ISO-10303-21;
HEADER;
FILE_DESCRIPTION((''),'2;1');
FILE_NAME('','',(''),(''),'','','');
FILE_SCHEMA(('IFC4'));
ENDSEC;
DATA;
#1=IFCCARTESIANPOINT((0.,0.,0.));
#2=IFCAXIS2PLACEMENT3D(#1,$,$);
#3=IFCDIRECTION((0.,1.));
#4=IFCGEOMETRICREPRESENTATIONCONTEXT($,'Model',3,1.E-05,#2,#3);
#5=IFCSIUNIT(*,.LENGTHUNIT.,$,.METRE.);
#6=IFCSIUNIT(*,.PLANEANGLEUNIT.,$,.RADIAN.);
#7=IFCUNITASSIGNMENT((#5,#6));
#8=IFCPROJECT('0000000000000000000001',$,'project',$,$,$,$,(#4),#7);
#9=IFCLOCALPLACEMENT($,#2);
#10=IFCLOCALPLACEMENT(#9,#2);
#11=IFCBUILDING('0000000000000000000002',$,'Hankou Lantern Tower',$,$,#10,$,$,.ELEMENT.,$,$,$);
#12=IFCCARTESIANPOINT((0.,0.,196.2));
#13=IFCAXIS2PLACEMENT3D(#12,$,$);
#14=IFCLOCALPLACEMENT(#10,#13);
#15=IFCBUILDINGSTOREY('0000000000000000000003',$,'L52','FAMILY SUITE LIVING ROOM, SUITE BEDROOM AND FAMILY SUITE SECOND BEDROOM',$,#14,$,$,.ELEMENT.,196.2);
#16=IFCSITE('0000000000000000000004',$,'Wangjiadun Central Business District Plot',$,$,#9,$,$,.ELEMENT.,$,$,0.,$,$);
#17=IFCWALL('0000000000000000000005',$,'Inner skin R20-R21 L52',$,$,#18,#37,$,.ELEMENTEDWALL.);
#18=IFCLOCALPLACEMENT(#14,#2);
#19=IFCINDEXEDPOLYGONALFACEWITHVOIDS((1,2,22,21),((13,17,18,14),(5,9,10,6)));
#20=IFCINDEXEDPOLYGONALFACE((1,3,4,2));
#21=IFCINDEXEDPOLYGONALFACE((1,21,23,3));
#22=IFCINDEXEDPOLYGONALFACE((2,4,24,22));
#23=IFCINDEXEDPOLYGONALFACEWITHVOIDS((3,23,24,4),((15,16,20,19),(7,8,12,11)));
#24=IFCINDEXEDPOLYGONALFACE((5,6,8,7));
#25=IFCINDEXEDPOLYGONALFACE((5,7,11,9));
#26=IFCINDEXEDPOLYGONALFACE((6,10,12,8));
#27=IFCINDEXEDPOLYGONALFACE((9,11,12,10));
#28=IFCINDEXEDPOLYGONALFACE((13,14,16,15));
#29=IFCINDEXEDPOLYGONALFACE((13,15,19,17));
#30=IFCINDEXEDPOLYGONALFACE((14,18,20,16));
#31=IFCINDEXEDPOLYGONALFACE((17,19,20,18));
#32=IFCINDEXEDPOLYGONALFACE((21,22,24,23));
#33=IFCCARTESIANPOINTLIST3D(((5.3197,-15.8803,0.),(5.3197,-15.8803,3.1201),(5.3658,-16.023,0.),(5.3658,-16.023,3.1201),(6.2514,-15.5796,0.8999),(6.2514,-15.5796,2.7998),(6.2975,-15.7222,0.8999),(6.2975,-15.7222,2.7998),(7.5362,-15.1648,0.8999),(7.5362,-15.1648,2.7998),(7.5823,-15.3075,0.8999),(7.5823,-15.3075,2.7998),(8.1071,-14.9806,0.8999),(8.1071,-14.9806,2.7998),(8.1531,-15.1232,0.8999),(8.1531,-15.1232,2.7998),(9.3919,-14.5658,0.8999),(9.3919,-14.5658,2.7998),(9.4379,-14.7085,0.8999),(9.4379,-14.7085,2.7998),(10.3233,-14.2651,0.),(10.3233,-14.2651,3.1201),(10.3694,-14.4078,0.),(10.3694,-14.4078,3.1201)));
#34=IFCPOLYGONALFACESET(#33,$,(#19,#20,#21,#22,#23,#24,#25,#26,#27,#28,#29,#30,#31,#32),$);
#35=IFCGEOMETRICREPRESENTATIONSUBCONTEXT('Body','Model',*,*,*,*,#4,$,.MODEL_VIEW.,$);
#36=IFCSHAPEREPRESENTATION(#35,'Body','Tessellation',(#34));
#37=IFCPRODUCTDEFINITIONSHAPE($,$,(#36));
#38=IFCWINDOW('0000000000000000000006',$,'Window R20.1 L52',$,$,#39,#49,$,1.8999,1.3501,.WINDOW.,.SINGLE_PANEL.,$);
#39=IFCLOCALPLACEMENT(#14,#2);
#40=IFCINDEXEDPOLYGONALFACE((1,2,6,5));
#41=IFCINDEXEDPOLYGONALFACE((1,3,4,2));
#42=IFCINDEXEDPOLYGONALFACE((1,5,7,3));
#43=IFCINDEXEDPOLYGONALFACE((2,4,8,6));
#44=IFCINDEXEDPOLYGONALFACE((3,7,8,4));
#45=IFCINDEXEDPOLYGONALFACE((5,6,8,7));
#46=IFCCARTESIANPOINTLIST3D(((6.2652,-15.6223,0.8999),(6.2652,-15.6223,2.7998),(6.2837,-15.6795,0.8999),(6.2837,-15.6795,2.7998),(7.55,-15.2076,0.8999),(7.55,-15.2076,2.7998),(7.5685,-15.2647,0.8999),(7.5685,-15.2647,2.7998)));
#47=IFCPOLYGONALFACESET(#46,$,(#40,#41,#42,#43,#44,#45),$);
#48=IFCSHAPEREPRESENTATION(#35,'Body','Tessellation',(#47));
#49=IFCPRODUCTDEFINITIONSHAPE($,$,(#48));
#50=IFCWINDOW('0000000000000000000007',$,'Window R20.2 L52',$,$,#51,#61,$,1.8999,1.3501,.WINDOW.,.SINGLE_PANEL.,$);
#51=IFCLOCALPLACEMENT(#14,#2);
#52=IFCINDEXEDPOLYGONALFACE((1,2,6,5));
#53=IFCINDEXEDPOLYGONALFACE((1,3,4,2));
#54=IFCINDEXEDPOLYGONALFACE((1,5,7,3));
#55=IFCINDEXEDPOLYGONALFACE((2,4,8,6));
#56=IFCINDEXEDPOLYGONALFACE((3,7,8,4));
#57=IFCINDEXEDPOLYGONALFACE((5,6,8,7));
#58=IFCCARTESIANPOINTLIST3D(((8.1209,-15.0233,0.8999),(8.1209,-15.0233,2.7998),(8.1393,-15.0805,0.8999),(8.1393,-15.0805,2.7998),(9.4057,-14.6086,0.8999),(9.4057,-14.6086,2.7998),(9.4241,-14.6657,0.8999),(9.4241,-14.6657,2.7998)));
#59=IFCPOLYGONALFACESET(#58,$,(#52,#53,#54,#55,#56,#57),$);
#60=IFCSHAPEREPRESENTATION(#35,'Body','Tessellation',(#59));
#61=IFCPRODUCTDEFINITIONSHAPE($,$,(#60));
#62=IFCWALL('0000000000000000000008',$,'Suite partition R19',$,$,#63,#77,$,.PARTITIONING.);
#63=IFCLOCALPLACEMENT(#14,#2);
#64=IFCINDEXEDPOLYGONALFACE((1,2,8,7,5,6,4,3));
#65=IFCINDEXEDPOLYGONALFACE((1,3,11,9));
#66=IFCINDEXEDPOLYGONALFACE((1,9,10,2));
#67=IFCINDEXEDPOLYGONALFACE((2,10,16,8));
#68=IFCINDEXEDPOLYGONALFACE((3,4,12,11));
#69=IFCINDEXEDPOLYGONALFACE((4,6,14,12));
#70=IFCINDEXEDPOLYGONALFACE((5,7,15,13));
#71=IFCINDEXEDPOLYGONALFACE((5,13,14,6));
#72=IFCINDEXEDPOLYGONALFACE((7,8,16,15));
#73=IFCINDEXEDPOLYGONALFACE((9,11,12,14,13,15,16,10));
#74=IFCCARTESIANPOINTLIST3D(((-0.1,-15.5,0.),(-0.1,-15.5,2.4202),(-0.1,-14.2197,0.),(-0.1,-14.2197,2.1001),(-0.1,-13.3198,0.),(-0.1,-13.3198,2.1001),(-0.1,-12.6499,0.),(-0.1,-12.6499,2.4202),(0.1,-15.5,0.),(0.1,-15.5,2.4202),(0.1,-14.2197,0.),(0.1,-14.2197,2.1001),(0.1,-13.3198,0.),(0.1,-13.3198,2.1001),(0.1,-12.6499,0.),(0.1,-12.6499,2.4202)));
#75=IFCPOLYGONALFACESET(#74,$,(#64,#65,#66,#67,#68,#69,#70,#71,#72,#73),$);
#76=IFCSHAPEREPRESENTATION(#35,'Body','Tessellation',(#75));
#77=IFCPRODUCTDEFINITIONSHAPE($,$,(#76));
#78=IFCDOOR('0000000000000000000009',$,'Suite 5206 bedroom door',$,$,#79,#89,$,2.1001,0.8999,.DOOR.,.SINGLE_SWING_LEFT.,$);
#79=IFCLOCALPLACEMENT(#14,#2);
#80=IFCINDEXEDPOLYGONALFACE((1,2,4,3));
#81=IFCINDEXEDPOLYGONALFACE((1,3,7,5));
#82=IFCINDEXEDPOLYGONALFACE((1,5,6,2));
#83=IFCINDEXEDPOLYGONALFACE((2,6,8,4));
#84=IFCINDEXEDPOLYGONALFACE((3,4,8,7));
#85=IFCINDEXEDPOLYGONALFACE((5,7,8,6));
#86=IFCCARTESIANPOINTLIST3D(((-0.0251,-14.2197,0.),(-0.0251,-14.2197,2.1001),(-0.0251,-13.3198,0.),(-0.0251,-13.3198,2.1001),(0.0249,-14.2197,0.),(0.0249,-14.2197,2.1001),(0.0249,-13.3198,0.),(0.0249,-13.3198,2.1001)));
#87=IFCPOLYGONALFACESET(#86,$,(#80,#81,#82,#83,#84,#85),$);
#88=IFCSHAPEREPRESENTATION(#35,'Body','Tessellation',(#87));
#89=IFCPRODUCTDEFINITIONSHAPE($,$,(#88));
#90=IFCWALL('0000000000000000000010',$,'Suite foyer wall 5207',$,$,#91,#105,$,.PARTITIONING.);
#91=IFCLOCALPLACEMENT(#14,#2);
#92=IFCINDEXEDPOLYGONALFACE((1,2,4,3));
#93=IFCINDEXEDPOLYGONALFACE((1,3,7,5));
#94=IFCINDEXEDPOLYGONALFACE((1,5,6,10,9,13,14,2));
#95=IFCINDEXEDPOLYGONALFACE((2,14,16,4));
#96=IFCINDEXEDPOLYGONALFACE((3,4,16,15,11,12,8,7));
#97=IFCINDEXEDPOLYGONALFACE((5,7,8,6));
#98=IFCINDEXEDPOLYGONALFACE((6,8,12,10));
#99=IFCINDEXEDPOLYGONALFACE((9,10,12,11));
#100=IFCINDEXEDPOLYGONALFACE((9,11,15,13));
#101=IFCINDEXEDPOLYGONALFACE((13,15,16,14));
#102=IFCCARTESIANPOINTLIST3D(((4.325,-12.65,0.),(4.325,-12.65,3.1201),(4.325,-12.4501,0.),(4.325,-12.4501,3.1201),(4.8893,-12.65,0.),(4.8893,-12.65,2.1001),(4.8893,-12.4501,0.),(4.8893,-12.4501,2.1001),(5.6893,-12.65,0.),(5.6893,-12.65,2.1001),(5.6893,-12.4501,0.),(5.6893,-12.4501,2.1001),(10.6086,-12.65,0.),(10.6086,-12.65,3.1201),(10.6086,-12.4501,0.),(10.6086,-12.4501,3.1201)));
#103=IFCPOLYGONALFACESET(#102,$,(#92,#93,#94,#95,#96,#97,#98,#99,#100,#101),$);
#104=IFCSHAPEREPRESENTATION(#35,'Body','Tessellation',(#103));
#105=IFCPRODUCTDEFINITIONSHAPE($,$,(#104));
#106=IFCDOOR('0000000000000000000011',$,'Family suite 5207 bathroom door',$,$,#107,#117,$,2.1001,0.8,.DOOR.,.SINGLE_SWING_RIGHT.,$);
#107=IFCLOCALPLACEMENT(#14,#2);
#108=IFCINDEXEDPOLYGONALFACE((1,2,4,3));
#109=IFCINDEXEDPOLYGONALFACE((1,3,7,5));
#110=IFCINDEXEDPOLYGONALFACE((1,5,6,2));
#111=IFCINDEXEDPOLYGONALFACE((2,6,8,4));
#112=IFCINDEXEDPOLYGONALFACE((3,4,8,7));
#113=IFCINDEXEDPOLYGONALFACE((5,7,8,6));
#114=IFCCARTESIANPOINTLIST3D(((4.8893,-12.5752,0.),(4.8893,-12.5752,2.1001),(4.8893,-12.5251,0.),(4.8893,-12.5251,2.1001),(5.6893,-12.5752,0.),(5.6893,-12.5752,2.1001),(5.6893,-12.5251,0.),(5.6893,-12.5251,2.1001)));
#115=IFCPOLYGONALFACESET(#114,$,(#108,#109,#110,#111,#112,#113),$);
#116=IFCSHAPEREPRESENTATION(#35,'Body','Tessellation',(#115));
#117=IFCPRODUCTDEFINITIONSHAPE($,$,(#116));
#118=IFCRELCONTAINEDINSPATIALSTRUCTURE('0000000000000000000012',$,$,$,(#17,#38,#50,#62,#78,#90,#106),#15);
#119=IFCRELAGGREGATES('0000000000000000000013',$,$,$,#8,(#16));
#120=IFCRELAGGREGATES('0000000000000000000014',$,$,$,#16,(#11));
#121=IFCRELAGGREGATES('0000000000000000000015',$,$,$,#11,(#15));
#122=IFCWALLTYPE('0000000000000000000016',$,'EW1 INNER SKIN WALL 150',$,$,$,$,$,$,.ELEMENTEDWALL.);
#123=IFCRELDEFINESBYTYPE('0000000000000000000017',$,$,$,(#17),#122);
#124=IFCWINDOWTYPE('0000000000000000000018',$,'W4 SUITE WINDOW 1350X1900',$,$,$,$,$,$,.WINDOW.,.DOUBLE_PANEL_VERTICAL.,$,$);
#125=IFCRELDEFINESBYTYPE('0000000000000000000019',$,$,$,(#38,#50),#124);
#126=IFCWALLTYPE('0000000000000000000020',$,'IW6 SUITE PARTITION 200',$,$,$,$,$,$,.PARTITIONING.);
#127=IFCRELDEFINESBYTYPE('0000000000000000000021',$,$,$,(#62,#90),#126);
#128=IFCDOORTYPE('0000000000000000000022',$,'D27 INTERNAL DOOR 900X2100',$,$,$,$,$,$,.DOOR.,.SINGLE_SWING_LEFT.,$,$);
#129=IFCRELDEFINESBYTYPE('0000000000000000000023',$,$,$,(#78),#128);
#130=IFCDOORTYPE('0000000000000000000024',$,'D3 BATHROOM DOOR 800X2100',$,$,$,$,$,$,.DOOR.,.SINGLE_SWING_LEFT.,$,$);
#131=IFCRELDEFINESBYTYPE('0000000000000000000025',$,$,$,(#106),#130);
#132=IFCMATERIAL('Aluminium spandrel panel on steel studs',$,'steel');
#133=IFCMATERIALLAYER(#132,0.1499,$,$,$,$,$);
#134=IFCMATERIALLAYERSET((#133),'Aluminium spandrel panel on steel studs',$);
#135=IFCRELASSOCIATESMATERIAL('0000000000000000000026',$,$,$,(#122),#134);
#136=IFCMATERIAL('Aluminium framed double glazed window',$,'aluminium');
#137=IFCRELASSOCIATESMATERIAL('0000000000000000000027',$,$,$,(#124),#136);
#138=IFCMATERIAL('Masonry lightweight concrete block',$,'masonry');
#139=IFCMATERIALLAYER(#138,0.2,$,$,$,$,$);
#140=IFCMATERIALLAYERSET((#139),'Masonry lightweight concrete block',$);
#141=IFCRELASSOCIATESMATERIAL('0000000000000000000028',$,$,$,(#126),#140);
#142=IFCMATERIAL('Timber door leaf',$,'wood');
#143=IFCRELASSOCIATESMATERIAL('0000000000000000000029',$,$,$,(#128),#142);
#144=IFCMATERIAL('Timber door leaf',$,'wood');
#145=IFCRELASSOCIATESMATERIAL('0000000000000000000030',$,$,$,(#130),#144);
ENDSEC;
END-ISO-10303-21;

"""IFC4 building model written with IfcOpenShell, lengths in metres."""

from ifc_helpers import new_model, si_unit, direction, frame, frame_2d, origin, place, context, subcontext, project, spatial, rectangle, extrude, material, layer, layer_set, type_object, element, fill, save


model = new_model("IFC4")

# Units and contexts
model_context = context("Model", 3, precision=1e-05, world=origin(), true_north=direction((0.0, 1.0)))
body_context = subcontext(model_context, "Body", "Model", "MODEL_VIEW")
ifc_project = project(units=[si_unit("LENGTHUNIT", "METRE"), si_unit("PLANEANGLEUNIT", "RADIAN")], contexts=[model_context])

# Site, building, storey
site_placement = place(None, origin())
site = spatial("IfcSite", under=ifc_project, at=site_placement, Name="Wangjiadun Central Business District Plot", CompositionType="ELEMENT", RefElevation=0.0)
building_placement = place(site_placement, origin())
building = spatial("IfcBuilding", under=site, at=building_placement, Name="Hankou Lantern Tower", CompositionType="ELEMENT")
storey_placement = place(building_placement, frame((0.0, 0.0, 196.2)))
storey = spatial("IfcBuildingStorey", under=building, at=storey_placement, Name="L52", Description="FAMILY SUITE LIVING ROOM, SUITE BEDROOM AND FAMILY SUITE SECOND BEDROOM", CompositionType="ELEMENT", Elevation=196.2)

# Wall, openings, windows
ifc_material_1 = material(Name="Aluminium spandrel panel on steel studs", Category="steel")
ifc_layer_1 = layer(ifc_material_1, 0.1499)
ifc_layer_set_1 = layer_set([ifc_layer_1], Name="Aluminium spandrel panel on steel studs")
wall_type_1 = type_object("IfcWallType", Name="EW1 INNER SKIN WALL 150", PredefinedType="ELEMENTEDWALL", material=ifc_layer_set_1)
ifc_material_2 = material(Name="Aluminium framed double glazed window", Category="aluminium")
window_type = type_object("IfcWindowType", Name="W4 SUITE WINDOW 1350X1900", PartitioningType="DOUBLE_PANEL_VERTICAL", PredefinedType="WINDOW", material=ifc_material_2)
wall_1_placement = place(storey_placement, frame((5.3428, -15.9517, 0.0), z_axis=(0.0, 0.0, 1.0), x_axis=(0.951645, 0.307201, 0.0)))
wall_1 = element("IfcWall", 1, at=wall_1_placement, inside=storey, type_object=wall_type_1, Name="Inner skin R20-R21 L52", PredefinedType="ELEMENTEDWALL", context=body_context, shape_type="SweptSolid", body=[
    extrude(rectangle(XDim=5.2578, YDim=0.1499, at=frame_2d((2.6289, 0.0))), origin(), (0.0, 0.0, 1.0), 3.1201),
])
opening_1_placement = place(wall_1_placement, frame((0.979, 0.0, 0.8999)))
opening_1 = element("IfcOpeningElement", 2, at=opening_1_placement, cuts=wall_1, PredefinedType="OPENING", context=body_context, shape_type="SweptSolid", body=[
    extrude(rectangle(XDim=1.3501, YDim=1.8999, at=frame_2d((0.675, 0.95))), frame((0.0, 0.085, 0.0), z_axis=(0.0, -1.0, 0.0), x_axis=(1.0, 0.0, 0.0)), (0.0, 0.0, 1.0), 0.1699),
])
opening_2_placement = place(wall_1_placement, frame((2.929, 0.0, 0.8999)))
opening_2 = element("IfcOpeningElement", 3, at=opening_2_placement, cuts=wall_1, PredefinedType="OPENING", context=body_context, shape_type="SweptSolid", body=[
    extrude(rectangle(XDim=1.3501, YDim=1.8999, at=frame_2d((0.675, 0.95))), frame((0.0, 0.085, 0.0), z_axis=(0.0, -1.0, 0.0), x_axis=(1.0, 0.0, 0.0)), (0.0, 0.0, 1.0), 0.1699),
])
window_1_placement = place(opening_1_placement, origin())
window_1 = element("IfcWindow", 4, at=window_1_placement, inside=storey, type_object=window_type, Name="Window R20.1 L52", OverallHeight=1.8999, OverallWidth=1.3501, PartitioningType="SINGLE_PANEL", PredefinedType="WINDOW", context=body_context, shape_type="SweptSolid", body=[
    extrude(rectangle(XDim=1.3501, YDim=1.8999, at=frame_2d((0.675, 0.95))), frame((0.0, 0.03, 0.0), z_axis=(0.0, -1.0, 0.0), x_axis=(1.0, 0.0, 0.0)), (0.0, 0.0, 1.0), 0.0601),
])
fill(opening_1, window_1)
window_2_placement = place(opening_2_placement, origin())
window_2 = element("IfcWindow", 5, at=window_2_placement, inside=storey, type_object=window_type, Name="Window R20.2 L52", OverallHeight=1.8999, OverallWidth=1.3501, PartitioningType="SINGLE_PANEL", PredefinedType="WINDOW", context=body_context, shape_type="SweptSolid", body=[
    extrude(rectangle(XDim=1.3501, YDim=1.8999, at=frame_2d((0.675, 0.95))), frame((0.0, 0.03, 0.0), z_axis=(0.0, -1.0, 0.0), x_axis=(1.0, 0.0, 0.0)), (0.0, 0.0, 1.0), 0.0601),
])
fill(opening_2, window_2)

# Walls, openings, doors
ifc_material_3 = material(Name="Masonry lightweight concrete block", Category="masonry")
ifc_layer_2 = layer(ifc_material_3, 0.2)
ifc_layer_set_2 = layer_set([ifc_layer_2], Name="Masonry lightweight concrete block")
wall_type_2 = type_object("IfcWallType", Name="IW6 SUITE PARTITION 200", PredefinedType="PARTITIONING", material=ifc_layer_set_2)
wall_2_placement = place(storey_placement, frame((0.0, -12.6499, 0.0), z_axis=(0.0, 0.0, 1.0), x_axis=(0.0, -1.0, 0.0)))
wall_2 = element("IfcWall", 6, at=wall_2_placement, inside=storey, type_object=wall_type_2, Name="Suite partition R19", PredefinedType="PARTITIONING", context=body_context, shape_type="SweptSolid", body=[
    extrude(rectangle(XDim=2.8501, YDim=0.2, at=frame_2d((1.425, 0.0))), origin(), (0.0, 0.0, 1.0), 2.4202),
])
opening_3_placement = place(wall_2_placement, frame((0.6699, 0.0, 0.0)))
opening_3 = element("IfcOpeningElement", 7, at=opening_3_placement, cuts=wall_2, PredefinedType="OPENING", context=body_context, shape_type="SweptSolid", body=[
    extrude(rectangle(XDim=0.8999, YDim=2.1001, at=frame_2d((0.45, 1.05))), frame((0.0, 0.1099, 0.0), z_axis=(0.0, -1.0, 0.0), x_axis=(1.0, 0.0, 0.0)), (0.0, 0.0, 1.0), 0.22),
])
ifc_material_4 = material(Name="Timber door leaf", Category="wood")
door_type_1 = type_object("IfcDoorType", Name="D27 INTERNAL DOOR 900X2100", OperationType="SINGLE_SWING_LEFT", PredefinedType="DOOR", material=ifc_material_4)
door_1_placement = place(opening_3_placement, origin())
door_1 = element("IfcDoor", 8, at=door_1_placement, inside=storey, type_object=door_type_1, Name="Suite 5206 bedroom door", OperationType="SINGLE_SWING_LEFT", OverallHeight=2.1001, OverallWidth=0.8999, PredefinedType="DOOR", context=body_context, shape_type="SweptSolid", body=[
    extrude(rectangle(XDim=0.8999, YDim=2.1001, at=frame_2d((0.45, 1.05))), frame((0.0, 0.0249, 0.0), z_axis=(0.0, -1.0, 0.0), x_axis=(1.0, 0.0, 0.0)), (0.0, 0.0, 1.0), 0.05),
])
fill(opening_3, door_1)
wall_3_placement = place(storey_placement, frame((4.325, -12.55, 0.0), z_axis=(0.0, 0.0, 1.0), x_axis=(1.0, 0.0, 0.0)))
wall_3 = element("IfcWall", 9, at=wall_3_placement, inside=storey, type_object=wall_type_2, Name="Suite foyer wall 5207", PredefinedType="PARTITIONING", context=body_context, shape_type="SweptSolid", body=[
    extrude(rectangle(XDim=6.2837, YDim=0.2, at=frame_2d((3.1418, 0.0))), origin(), (0.0, 0.0, 1.0), 3.1201),
])
opening_4_placement = place(wall_3_placement, frame((0.5645, 0.0, 0.0)))
opening_4 = element("IfcOpeningElement", 10, at=opening_4_placement, cuts=wall_3, PredefinedType="OPENING", context=body_context, shape_type="SweptSolid", body=[
    extrude(rectangle(XDim=0.8, YDim=2.1001, at=frame_2d((0.3999, 1.05))), frame((0.0, 0.1099, 0.0), z_axis=(0.0, -1.0, 0.0), x_axis=(1.0, 0.0, 0.0)), (0.0, 0.0, 1.0), 0.22),
])
ifc_material_5 = material(Name="Timber door leaf", Category="wood")
door_type_2 = type_object("IfcDoorType", Name="D3 BATHROOM DOOR 800X2100", OperationType="SINGLE_SWING_LEFT", PredefinedType="DOOR", material=ifc_material_5)
door_2_placement = place(opening_4_placement, origin())
door_2 = element("IfcDoor", 11, at=door_2_placement, inside=storey, type_object=door_type_2, Name="Family suite 5207 bathroom door", OperationType="SINGLE_SWING_RIGHT", OverallHeight=2.1001, OverallWidth=0.8, PredefinedType="DOOR", context=body_context, shape_type="SweptSolid", body=[
    extrude(rectangle(XDim=0.8, YDim=2.1001, at=frame_2d((0.3999, 1.05))), frame((0.0, 0.0249, 0.0), z_axis=(0.0, -1.0, 0.0), x_axis=(1.0, 0.0, 0.0)), (0.0, 0.0, 1.0), 0.05),
])
fill(opening_4, door_2)

save(model, "model.ifc")
